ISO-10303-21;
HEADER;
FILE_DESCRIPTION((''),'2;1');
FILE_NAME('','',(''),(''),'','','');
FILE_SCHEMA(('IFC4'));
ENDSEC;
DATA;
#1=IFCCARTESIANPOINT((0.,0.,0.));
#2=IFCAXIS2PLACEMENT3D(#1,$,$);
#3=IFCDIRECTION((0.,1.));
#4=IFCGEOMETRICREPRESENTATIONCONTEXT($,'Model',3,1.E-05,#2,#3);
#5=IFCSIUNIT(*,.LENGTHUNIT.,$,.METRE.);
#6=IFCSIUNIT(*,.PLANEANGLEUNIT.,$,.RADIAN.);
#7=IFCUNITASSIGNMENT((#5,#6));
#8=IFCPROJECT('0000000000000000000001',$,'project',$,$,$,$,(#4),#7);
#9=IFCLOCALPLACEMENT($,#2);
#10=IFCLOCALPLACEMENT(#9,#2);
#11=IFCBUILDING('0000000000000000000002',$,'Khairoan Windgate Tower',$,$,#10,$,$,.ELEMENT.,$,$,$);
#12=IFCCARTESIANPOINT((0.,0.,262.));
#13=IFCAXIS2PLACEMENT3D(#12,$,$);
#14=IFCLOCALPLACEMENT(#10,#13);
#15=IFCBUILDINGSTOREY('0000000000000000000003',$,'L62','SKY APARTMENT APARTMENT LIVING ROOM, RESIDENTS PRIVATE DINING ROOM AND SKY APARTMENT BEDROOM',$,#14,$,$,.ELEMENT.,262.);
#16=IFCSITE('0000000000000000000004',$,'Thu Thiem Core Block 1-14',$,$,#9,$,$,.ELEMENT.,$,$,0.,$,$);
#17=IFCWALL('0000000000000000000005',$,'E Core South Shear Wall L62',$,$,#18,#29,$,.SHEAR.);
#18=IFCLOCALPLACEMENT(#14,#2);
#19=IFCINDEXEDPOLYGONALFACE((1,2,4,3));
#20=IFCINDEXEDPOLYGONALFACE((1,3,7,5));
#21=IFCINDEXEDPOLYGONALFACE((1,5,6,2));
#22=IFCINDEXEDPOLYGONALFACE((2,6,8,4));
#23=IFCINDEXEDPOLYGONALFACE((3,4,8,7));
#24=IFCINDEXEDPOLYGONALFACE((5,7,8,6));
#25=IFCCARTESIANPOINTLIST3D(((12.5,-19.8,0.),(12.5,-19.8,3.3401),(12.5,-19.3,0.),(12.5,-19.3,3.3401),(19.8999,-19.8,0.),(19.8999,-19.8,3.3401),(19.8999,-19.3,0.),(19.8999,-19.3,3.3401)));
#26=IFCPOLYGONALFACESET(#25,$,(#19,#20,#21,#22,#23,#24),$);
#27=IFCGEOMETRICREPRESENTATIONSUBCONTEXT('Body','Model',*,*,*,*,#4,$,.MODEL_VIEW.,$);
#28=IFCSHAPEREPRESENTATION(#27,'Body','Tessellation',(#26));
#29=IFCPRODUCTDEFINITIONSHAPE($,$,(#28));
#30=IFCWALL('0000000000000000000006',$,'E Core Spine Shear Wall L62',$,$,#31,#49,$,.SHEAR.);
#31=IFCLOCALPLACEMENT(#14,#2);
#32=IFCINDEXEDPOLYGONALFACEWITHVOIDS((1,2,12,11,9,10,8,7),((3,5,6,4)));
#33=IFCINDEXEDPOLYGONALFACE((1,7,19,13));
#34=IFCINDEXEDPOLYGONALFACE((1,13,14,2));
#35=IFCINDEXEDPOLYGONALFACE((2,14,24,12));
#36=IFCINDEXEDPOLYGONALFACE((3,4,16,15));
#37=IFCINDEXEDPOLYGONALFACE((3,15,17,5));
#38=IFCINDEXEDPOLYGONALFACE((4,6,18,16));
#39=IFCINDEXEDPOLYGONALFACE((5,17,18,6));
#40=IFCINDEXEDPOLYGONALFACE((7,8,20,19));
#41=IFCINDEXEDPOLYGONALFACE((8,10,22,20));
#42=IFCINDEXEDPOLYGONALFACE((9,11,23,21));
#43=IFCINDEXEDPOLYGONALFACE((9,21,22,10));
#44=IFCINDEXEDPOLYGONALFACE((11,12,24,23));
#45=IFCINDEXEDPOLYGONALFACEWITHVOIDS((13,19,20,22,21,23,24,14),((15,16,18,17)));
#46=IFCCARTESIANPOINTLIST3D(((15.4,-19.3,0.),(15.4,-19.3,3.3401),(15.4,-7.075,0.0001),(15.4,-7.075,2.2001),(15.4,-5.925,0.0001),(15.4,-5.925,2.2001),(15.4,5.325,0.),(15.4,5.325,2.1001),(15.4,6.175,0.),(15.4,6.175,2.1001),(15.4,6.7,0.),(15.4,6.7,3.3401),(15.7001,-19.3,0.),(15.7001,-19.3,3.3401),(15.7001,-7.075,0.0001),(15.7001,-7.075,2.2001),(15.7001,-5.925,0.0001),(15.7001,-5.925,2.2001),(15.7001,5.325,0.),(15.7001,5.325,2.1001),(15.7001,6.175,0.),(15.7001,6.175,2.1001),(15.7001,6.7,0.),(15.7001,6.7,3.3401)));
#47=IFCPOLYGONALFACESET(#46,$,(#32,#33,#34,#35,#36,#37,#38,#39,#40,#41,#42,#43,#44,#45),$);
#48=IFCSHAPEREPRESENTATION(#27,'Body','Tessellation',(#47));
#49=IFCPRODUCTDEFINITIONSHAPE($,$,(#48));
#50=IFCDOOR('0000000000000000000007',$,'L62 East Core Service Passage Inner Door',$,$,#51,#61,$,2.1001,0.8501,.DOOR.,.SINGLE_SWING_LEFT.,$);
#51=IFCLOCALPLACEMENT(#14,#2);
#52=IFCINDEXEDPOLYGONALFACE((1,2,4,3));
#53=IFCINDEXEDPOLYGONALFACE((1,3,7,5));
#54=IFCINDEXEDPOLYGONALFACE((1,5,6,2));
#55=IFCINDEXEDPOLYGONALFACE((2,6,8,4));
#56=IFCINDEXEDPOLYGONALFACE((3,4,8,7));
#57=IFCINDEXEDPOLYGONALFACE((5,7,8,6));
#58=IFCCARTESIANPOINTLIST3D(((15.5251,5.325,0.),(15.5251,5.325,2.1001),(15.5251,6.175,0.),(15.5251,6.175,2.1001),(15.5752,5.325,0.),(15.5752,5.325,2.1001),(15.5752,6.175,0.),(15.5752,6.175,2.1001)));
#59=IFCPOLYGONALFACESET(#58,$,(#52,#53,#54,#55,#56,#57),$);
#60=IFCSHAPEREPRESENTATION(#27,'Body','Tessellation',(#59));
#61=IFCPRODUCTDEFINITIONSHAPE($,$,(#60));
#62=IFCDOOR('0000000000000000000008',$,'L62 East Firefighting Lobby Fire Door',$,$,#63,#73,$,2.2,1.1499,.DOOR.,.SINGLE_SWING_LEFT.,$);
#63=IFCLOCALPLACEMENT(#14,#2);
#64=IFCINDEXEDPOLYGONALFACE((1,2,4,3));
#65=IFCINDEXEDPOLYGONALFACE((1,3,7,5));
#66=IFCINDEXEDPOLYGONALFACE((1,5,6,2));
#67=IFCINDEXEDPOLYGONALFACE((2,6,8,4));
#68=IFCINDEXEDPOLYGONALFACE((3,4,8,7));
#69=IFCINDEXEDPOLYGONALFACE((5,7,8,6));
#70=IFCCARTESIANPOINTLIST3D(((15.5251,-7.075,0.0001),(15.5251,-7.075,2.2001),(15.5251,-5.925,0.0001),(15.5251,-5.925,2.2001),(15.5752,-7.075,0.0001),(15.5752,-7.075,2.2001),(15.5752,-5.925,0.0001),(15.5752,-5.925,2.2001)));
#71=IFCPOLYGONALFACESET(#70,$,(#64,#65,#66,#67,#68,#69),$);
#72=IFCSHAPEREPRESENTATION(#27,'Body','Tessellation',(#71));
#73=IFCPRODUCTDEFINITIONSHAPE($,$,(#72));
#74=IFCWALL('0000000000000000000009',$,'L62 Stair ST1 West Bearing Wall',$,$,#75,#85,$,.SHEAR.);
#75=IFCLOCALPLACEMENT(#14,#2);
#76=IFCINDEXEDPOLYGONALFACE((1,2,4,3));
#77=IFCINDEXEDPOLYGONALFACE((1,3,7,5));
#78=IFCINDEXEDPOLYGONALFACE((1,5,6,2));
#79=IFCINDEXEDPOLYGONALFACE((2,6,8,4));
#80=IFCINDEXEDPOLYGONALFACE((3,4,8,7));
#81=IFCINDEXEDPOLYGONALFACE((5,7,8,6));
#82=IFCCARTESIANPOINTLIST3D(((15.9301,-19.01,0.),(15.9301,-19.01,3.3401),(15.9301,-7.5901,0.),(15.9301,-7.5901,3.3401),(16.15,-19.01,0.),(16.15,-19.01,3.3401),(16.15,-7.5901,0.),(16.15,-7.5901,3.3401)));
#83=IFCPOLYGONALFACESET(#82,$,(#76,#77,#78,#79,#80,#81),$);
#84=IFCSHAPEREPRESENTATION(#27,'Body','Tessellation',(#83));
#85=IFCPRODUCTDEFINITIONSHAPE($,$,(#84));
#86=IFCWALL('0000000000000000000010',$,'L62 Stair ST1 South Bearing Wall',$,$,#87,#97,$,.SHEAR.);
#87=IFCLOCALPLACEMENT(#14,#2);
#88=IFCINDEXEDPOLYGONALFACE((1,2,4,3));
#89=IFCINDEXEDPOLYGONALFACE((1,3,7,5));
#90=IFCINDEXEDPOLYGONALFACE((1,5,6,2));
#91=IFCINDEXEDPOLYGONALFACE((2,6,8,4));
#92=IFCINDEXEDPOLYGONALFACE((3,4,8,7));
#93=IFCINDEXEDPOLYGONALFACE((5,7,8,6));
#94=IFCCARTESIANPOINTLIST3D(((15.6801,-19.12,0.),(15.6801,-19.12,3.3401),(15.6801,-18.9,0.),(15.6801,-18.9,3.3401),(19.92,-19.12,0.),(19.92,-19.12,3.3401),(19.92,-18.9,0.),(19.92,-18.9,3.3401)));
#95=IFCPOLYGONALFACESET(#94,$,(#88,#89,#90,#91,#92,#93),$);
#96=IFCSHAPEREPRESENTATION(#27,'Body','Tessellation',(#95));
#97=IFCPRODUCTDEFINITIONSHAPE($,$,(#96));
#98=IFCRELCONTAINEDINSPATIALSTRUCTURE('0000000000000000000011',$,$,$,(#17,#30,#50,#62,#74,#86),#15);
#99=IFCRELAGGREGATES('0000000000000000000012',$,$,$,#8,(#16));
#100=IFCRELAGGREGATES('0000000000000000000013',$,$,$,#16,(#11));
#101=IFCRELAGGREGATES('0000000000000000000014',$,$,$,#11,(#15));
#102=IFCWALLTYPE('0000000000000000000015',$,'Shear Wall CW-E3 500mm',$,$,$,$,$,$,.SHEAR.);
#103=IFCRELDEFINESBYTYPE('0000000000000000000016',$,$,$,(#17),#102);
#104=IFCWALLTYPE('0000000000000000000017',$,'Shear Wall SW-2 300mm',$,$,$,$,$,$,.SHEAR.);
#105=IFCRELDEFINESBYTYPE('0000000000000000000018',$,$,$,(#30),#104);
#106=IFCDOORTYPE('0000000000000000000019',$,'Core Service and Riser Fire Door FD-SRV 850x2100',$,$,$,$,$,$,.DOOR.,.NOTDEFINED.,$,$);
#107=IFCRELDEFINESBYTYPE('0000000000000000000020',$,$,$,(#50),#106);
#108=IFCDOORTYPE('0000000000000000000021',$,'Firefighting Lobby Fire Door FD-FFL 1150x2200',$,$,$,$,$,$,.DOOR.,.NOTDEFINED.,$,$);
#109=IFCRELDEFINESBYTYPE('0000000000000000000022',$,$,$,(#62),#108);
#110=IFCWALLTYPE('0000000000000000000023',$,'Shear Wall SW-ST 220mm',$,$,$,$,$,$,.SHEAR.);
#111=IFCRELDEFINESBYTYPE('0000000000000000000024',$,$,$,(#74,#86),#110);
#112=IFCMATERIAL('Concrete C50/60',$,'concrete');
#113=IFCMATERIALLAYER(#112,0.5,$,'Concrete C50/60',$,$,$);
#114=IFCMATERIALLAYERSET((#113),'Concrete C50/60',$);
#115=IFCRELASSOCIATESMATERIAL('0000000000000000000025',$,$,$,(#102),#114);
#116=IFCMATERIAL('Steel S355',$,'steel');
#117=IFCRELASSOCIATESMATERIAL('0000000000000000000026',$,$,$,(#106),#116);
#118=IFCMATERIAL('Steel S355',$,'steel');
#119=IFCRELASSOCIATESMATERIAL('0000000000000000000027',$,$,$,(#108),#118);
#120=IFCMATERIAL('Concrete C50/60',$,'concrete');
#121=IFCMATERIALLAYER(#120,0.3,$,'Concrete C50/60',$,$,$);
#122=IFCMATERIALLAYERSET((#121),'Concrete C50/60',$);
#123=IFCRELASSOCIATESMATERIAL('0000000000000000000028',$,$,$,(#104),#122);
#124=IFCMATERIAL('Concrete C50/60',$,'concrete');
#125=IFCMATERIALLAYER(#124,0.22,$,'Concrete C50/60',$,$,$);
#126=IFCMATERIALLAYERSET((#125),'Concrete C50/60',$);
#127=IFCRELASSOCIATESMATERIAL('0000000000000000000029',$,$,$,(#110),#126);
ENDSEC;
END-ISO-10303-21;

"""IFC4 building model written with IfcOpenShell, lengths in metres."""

from ifc_helpers import new_model, si_unit, direction, frame, frame_2d, origin, place, context, subcontext, project, spatial, rectangle, extrude, material, layer, layer_set, type_object, element, fill, save


model = new_model("IFC4")

# Units and contexts
model_context = context("Model", 3, precision=1e-05, world=origin(), true_north=direction((0.0, 1.0)))
body_context = subcontext(model_context, "Body", "Model", "MODEL_VIEW")
ifc_project = project(units=[si_unit("LENGTHUNIT", "METRE"), si_unit("PLANEANGLEUNIT", "RADIAN")], contexts=[model_context])

# Site, building, storey
site_placement = place(None, origin())
site = spatial("IfcSite", under=ifc_project, at=site_placement, Name="Thu Thiem Core Block 1-14", CompositionType="ELEMENT", RefElevation=0.0)
building_placement = place(site_placement, origin())
building = spatial("IfcBuilding", under=site, at=building_placement, Name="Khairoan Windgate Tower", CompositionType="ELEMENT")
storey_placement = place(building_placement, frame((0.0, 0.0, 262.0)))
storey = spatial("IfcBuildingStorey", under=building, at=storey_placement, Name="L62", Description="SKY APARTMENT APARTMENT LIVING ROOM, RESIDENTS PRIVATE DINING ROOM AND SKY APARTMENT BEDROOM", CompositionType="ELEMENT", Elevation=262.0)

# Shared definitions
ifc_material_1 = material(Name="Concrete C50/60", Category="concrete")
ifc_layer_1 = layer(ifc_material_1, 0.5, Name="Concrete C50/60")
ifc_layer_set_1 = layer_set([ifc_layer_1], Name="Concrete C50/60")
wall_type_1 = type_object("IfcWallType", Name="Shear Wall CW-E3 500mm", PredefinedType="SHEAR", material=ifc_layer_set_1)
ifc_material_2 = material(Name="Steel S355", Category="steel")
door_type_1 = type_object("IfcDoorType", Name="Core Service and Riser Fire Door FD-SRV 850x2100", OperationType="NOTDEFINED", PredefinedType="DOOR", material=ifc_material_2)
ifc_material_3 = material(Name="Steel S355", Category="steel")
door_type_2 = type_object("IfcDoorType", Name="Firefighting Lobby Fire Door FD-FFL 1150x2200", OperationType="NOTDEFINED", PredefinedType="DOOR", material=ifc_material_3)

# Wall
wall_1_placement = place(storey_placement, frame((12.5, -19.55, 0.0), z_axis=(0.0, 0.0, 1.0), x_axis=(1.0, 0.0, 0.0)))
element("IfcWall", 1, at=wall_1_placement, inside=storey, type_object=wall_type_1, Name="E Core South Shear Wall L62", PredefinedType="SHEAR", context=body_context, shape_type="SweptSolid", body=[
    extrude(rectangle(XDim=7.3999, YDim=0.5, at=frame_2d((3.7, 0.0))), origin(), (0.0, 0.0, 1.0), 3.3401),
])

# Wall, openings, doors
ifc_material_4 = material(Name="Concrete C50/60", Category="concrete")
ifc_layer_2 = layer(ifc_material_4, 0.3, Name="Concrete C50/60")
ifc_layer_set_2 = layer_set([ifc_layer_2], Name="Concrete C50/60")
wall_type_2 = type_object("IfcWallType", Name="Shear Wall SW-2 300mm", PredefinedType="SHEAR", material=ifc_layer_set_2)
wall_2_placement = place(storey_placement, frame((15.55, -19.3, 0.0), z_axis=(0.0, 0.0, 1.0), x_axis=(0.0, 1.0, 0.0)))
wall_2 = element("IfcWall", 2, at=wall_2_placement, inside=storey, type_object=wall_type_2, Name="E Core Spine Shear Wall L62", PredefinedType="SHEAR", context=body_context, shape_type="SweptSolid", body=[
    extrude(rectangle(XDim=26.0, YDim=0.3, at=frame_2d((13.0, 0.0))), origin(), (0.0, 0.0, 1.0), 3.3401),
])
opening_1_placement = place(wall_2_placement, frame((12.2251, 0.0, 0.0)))
opening_1 = element("IfcOpeningElement", 3, at=opening_1_placement, cuts=wall_2, PredefinedType="OPENING", context=body_context, shape_type="SweptSolid", body=[
    extrude(rectangle(XDim=1.1499, YDim=2.2, at=frame_2d((0.575, 1.1001))), frame((0.0, 0.1599, 0.0), z_axis=(0.0, -1.0, 0.0), x_axis=(1.0, 0.0, 0.0)), (0.0, 0.0, 1.0), 0.3201),
])
opening_2_placement = place(wall_2_placement, frame((24.625, 0.0, 0.0)))
opening_2 = element("IfcOpeningElement", 4, at=opening_2_placement, cuts=wall_2, PredefinedType="OPENING", context=body_context, shape_type="SweptSolid", body=[
    extrude(rectangle(XDim=0.8501, YDim=2.1001, at=frame_2d((0.425, 1.05))), frame((0.0, 0.1599, 0.0), z_axis=(0.0, -1.0, 0.0), x_axis=(1.0, 0.0, 0.0)), (0.0, 0.0, 1.0), 0.3201),
])
door_1_placement = place(opening_2_placement, origin())
door_1 = element("IfcDoor", 5, at=door_1_placement, inside=storey, type_object=door_type_1, Name="L62 East Core Service Passage Inner Door", OperationType="SINGLE_SWING_LEFT", OverallHeight=2.1001, OverallWidth=0.8501, PredefinedType="DOOR", context=body_context, shape_type="SweptSolid", body=[
    extrude(rectangle(XDim=0.8501, YDim=2.1001, at=frame_2d((0.425, 1.05))), frame((0.0, 0.0249, 0.0), z_axis=(0.0, -1.0, 0.0), x_axis=(1.0, 0.0, 0.0)), (0.0, 0.0, 1.0), 0.05),
])
fill(opening_2, door_1)
door_2_placement = place(opening_1_placement, origin())
door_2 = element("IfcDoor", 6, at=door_2_placement, inside=storey, type_object=door_type_2, Name="L62 East Firefighting Lobby Fire Door", OperationType="SINGLE_SWING_LEFT", OverallHeight=2.2, OverallWidth=1.1499, PredefinedType="DOOR", context=body_context, shape_type="SweptSolid", body=[
    extrude(rectangle(XDim=1.1499, YDim=2.2, at=frame_2d((0.575, 1.1001))), frame((0.0, 0.0249, 0.0), z_axis=(0.0, -1.0, 0.0), x_axis=(1.0, 0.0, 0.0)), (0.0, 0.0, 1.0), 0.05),
])
fill(opening_1, door_2)

# Walls
ifc_material_5 = material(Name="Concrete C50/60", Category="concrete")
ifc_layer_3 = layer(ifc_material_5, 0.22, Name="Concrete C50/60")
ifc_layer_set_3 = layer_set([ifc_layer_3], Name="Concrete C50/60")
wall_type_3 = type_object("IfcWallType", Name="Shear Wall SW-ST 220mm", PredefinedType="SHEAR", material=ifc_layer_set_3)
wall_3_placement = place(storey_placement, frame((16.04, -19.01, 0.0), z_axis=(0.0, 0.0, 1.0), x_axis=(0.0, 1.0, 0.0)))
element("IfcWall", 7, at=wall_3_placement, inside=storey, type_object=wall_type_3, Name="L62 Stair ST1 West Bearing Wall", PredefinedType="SHEAR", context=body_context, shape_type="SweptSolid", body=[
    extrude(rectangle(XDim=11.4199, YDim=0.22, at=frame_2d((5.71, 0.0))), origin(), (0.0, 0.0, 1.0), 3.3401),
])
wall_4_placement = place(storey_placement, frame((15.6799, -19.01, 0.0), z_axis=(0.0, 0.0, 1.0), x_axis=(1.0, 0.0, 0.0)))
element("IfcWall", 8, at=wall_4_placement, inside=storey, type_object=wall_type_3, Name="L62 Stair ST1 South Bearing Wall", PredefinedType="SHEAR", context=body_context, shape_type="SweptSolid", body=[
    extrude(rectangle(XDim=4.24, YDim=0.22, at=frame_2d((2.1201, 0.0))), origin(), (0.0, 0.0, 1.0), 3.3401),
])

save(model, "model.ifc")
